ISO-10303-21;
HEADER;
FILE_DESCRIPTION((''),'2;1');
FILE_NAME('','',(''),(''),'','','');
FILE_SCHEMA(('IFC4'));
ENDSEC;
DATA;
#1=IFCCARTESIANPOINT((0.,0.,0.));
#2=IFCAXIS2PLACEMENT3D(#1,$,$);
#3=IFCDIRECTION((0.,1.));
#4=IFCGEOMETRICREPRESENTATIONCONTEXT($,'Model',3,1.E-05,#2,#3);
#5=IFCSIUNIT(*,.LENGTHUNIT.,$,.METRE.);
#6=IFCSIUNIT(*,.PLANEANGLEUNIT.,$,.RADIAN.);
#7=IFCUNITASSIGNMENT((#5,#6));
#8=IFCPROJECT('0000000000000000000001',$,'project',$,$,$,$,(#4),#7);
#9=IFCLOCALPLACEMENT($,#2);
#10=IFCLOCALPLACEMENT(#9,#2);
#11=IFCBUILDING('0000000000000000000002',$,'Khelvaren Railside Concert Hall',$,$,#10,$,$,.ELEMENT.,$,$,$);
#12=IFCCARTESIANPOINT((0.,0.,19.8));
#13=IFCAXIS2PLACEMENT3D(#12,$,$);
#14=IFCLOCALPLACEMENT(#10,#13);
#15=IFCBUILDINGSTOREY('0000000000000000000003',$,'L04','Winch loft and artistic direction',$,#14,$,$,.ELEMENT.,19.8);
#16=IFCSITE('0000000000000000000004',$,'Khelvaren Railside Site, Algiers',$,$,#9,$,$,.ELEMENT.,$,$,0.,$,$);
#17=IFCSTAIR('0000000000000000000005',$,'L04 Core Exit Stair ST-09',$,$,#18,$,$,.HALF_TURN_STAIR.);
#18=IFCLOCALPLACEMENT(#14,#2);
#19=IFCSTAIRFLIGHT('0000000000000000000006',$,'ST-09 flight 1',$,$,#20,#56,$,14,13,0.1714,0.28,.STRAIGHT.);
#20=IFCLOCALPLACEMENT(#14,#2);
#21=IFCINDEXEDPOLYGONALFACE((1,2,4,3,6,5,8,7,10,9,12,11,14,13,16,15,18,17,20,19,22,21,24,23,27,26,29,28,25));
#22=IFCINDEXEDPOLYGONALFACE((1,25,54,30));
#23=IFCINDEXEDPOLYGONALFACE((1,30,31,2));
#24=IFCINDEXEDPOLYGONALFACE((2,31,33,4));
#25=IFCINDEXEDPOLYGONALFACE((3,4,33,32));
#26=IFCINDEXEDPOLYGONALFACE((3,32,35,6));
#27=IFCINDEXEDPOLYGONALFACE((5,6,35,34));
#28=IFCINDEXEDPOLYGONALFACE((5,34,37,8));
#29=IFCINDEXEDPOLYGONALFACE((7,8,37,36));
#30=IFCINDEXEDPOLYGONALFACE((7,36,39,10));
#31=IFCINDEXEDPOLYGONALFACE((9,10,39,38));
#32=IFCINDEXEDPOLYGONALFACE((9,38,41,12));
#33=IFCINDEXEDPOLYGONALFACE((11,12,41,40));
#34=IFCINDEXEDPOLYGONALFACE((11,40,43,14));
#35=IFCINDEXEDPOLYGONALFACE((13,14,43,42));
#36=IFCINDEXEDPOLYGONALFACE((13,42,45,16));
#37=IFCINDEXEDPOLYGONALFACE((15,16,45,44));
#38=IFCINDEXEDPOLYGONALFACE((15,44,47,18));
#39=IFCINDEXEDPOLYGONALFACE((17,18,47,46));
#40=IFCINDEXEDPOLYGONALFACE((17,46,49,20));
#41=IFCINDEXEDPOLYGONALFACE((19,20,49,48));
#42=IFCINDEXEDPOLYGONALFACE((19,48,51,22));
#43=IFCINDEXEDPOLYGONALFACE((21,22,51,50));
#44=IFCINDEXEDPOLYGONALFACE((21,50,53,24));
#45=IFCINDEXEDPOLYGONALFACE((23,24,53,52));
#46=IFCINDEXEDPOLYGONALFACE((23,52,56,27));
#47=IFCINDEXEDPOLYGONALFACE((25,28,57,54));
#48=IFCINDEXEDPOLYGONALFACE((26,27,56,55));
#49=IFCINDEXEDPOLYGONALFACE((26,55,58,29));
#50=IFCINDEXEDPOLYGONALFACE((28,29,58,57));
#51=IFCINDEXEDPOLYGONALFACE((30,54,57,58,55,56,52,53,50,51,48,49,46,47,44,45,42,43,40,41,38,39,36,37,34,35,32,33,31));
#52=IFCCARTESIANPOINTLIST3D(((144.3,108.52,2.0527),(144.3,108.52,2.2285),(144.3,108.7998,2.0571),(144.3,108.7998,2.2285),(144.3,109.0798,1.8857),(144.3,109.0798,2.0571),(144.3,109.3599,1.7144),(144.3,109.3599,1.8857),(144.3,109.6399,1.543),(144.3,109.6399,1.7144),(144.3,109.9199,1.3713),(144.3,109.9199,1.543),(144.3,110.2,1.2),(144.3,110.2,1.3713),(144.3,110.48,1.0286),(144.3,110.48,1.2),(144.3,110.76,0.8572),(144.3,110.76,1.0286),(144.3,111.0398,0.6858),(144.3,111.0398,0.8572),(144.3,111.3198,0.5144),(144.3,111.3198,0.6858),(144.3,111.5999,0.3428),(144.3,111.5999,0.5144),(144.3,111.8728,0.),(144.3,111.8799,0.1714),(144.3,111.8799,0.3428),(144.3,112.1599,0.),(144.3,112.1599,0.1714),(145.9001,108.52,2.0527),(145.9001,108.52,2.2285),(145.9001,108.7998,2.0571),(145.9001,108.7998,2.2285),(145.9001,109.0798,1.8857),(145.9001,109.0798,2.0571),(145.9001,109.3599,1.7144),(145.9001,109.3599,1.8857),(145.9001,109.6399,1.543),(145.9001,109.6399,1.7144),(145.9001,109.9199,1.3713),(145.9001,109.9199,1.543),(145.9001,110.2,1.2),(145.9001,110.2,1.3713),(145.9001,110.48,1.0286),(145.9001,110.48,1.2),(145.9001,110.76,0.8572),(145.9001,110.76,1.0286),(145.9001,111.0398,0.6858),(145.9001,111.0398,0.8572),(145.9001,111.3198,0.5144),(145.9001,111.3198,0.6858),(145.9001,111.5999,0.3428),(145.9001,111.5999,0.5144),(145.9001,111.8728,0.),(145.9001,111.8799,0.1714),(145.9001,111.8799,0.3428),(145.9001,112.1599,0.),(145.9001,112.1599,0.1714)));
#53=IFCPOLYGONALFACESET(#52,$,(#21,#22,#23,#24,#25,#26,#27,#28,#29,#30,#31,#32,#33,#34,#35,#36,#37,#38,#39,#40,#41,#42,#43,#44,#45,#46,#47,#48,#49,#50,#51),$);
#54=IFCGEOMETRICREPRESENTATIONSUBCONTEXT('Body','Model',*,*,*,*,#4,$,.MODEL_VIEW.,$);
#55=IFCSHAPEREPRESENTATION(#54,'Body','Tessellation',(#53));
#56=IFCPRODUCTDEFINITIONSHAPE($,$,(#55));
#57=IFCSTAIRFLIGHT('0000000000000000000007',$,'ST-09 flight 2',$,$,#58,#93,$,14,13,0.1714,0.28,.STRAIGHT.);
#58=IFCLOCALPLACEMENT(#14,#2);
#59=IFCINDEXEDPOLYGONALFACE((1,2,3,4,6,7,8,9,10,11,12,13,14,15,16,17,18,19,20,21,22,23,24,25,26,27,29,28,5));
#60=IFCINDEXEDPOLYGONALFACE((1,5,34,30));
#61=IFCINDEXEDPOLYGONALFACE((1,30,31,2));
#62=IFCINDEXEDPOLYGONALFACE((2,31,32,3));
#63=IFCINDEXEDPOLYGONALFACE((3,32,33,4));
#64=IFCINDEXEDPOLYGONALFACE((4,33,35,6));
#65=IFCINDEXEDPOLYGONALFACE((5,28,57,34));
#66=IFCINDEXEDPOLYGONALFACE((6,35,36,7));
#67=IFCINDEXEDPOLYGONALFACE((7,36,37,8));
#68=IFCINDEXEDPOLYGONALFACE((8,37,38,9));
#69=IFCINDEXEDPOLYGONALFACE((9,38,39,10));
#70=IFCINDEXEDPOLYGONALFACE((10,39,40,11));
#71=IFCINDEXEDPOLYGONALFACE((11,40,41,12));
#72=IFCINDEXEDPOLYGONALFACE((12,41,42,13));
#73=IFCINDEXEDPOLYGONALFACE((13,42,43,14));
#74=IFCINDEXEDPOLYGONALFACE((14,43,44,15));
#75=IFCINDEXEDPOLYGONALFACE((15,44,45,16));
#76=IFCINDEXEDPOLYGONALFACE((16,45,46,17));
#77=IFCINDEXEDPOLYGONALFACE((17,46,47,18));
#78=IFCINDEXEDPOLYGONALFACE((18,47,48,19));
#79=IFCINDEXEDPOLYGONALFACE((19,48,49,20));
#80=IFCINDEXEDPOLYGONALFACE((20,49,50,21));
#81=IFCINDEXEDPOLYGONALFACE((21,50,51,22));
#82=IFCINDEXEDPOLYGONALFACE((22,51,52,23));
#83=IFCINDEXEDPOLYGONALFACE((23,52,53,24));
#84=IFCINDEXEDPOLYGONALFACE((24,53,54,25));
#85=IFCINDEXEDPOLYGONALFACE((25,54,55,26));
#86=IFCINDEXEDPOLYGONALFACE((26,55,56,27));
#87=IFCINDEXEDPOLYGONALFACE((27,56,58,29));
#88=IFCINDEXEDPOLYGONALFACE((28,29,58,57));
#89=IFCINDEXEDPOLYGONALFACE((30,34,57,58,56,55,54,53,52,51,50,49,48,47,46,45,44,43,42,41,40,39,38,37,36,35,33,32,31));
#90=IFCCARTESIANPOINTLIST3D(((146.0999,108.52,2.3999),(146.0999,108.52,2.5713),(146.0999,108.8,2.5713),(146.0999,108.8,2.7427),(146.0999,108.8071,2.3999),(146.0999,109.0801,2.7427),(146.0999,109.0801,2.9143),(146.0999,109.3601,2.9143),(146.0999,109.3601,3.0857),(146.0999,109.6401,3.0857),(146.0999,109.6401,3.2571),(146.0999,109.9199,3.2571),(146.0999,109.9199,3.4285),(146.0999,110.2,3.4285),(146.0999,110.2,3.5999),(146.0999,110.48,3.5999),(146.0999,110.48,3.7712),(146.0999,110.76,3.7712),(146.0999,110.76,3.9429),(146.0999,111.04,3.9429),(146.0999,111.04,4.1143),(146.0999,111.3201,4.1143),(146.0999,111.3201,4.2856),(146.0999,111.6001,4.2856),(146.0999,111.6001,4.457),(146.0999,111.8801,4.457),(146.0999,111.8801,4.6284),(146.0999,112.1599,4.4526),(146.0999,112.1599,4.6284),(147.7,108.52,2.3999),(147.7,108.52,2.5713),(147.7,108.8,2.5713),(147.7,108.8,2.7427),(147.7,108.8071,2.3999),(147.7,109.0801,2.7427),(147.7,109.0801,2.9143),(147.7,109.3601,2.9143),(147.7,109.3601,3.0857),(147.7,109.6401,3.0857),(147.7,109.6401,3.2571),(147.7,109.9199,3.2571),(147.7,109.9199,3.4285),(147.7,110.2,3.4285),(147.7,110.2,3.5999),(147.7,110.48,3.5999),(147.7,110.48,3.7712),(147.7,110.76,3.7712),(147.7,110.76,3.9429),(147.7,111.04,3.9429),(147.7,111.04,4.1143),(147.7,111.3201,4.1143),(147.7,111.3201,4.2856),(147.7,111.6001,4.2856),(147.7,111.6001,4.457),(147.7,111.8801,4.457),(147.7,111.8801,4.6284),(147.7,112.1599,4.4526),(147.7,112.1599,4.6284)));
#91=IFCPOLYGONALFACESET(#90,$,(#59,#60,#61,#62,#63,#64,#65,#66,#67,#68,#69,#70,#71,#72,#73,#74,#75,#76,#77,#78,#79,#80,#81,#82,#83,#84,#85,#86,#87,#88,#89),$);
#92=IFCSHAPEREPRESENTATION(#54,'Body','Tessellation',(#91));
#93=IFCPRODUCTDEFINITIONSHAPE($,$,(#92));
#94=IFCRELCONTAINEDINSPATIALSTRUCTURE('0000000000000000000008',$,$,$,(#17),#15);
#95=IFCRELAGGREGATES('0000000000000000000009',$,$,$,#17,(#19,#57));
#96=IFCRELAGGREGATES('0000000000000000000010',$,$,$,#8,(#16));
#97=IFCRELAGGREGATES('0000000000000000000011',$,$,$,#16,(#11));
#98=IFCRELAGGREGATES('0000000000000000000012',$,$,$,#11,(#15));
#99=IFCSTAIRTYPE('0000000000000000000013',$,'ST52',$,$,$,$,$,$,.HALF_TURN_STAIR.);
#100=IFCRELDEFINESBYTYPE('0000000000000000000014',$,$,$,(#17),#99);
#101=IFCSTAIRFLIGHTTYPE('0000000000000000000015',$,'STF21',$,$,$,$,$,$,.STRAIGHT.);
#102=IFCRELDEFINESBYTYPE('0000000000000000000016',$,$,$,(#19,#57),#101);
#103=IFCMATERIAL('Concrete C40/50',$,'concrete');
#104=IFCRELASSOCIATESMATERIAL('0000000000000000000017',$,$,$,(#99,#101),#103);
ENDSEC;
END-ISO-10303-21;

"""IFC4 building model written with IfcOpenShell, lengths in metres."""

from ifc_helpers import new_model, si_unit, direction, frame, origin, place, context, subcontext, project, spatial, polyline, outline, extrude, material, type_object, element, aggregate, save


model = new_model("IFC4")

# Units and contexts
model_context = context("Model", 3, precision=1e-05, world=origin(), true_north=direction((0.0, 1.0)))
body_context = subcontext(model_context, "Body", "Model", "MODEL_VIEW")
ifc_project = project(units=[si_unit("LENGTHUNIT", "METRE"), si_unit("PLANEANGLEUNIT", "RADIAN")], contexts=[model_context])

# Site, building, storey
site_placement = place(None, origin())
site = spatial("IfcSite", under=ifc_project, at=site_placement, Name="Khelvaren Railside Site, Algiers", CompositionType="ELEMENT", RefElevation=0.0)
building_placement = place(site_placement, origin())
building = spatial("IfcBuilding", under=site, at=building_placement, Name="Khelvaren Railside Concert Hall", CompositionType="ELEMENT")
storey_placement = place(building_placement, frame((0.0, 0.0, 19.8)))
storey = spatial("IfcBuildingStorey", under=building, at=storey_placement, Name="L04", Description="Winch loft and artistic direction", CompositionType="ELEMENT", Elevation=19.8)

# Shared definitions
ifc_material_1 = material(Name="Concrete C40/50", Category="concrete")

# Stair, stair flights
stair_type = type_object("IfcStairType", Name="ST52", PredefinedType="HALF_TURN_STAIR", material=ifc_material_1)
stair_placement = place(storey_placement, origin())
stair = element("IfcStair", 1, at=stair_placement, inside=storey, type_object=stair_type, Name="L04 Core Exit Stair ST-09", PredefinedType="HALF_TURN_STAIR")
stair_flight_type = type_object("IfcStairFlightType", Name="STF21", PredefinedType="STRAIGHT", material=ifc_material_1)
stair_flight_1_placement = place(storey_placement, frame((145.1001, 112.1599, 0.0), z_axis=(0.0, 0.0, 1.0), x_axis=(0.0, -1.0, 0.0)))
stair_flight_1 = element("IfcStairFlight", 2, at=stair_flight_1_placement, type_object=stair_flight_type, Name="ST-09 flight 1", NumberOfRisers=14, NumberOfTreads=13, PredefinedType="STRAIGHT", RiserHeight=0.1714, TreadLength=0.28, context=body_context, shape_type="SweptSolid", body=[
    extrude(outline(polyline([(0.0, 0.0), (0.0, 0.1714), (0.28, 0.1714), (0.28, 0.3428), (0.5601, 0.3428), (0.5601, 0.5144), (0.8401, 0.5144), (0.8401, 0.6858), (1.1201, 0.6858), (1.1201, 0.8572), (1.3999, 0.8572), (1.3999, 1.0286), (1.6799, 1.0286), (1.6799, 1.2), (1.96, 1.2), (1.96, 1.3713), (2.24, 1.3713), (2.24, 1.543), (2.52, 1.543), (2.52, 1.7144), (2.8, 1.7144), (2.8, 1.8857), (3.0801, 1.8857), (3.0801, 2.0571), (3.3601, 2.0571), (3.3601, 2.2285), (3.6399, 2.2285), (3.6399, 2.3999), (3.6399, 2.0527), (0.2871, 0.0), (0.0, 0.0)])), frame((0.0, 0.8, 0.0), z_axis=(0.0, -1.0, 0.0), x_axis=(1.0, 0.0, 0.0)), (0.0, 0.0, 1.0), 1.6001),
])
stair_flight_2_placement = place(storey_placement, frame((146.8999, 108.52, 2.3999), z_axis=(0.0, 0.0, 1.0), x_axis=(0.0, 1.0, 0.0)))
stair_flight_2 = element("IfcStairFlight", 3, at=stair_flight_2_placement, type_object=stair_flight_type, Name="ST-09 flight 2", NumberOfRisers=14, NumberOfTreads=13, PredefinedType="STRAIGHT", RiserHeight=0.1714, TreadLength=0.28, context=body_context, shape_type="SweptSolid", body=[
    extrude(outline(polyline([(0.0, 0.0), (0.0, 0.1714), (0.28, 0.1714), (0.28, 0.3428), (0.5601, 0.3428), (0.5601, 0.5144), (0.8401, 0.5144), (0.8401, 0.6858), (1.1201, 0.6858), (1.1201, 0.8572), (1.3999, 0.8572), (1.3999, 1.0286), (1.6799, 1.0286), (1.6799, 1.2), (1.96, 1.2), (1.96, 1.3713), (2.24, 1.3713), (2.24, 1.543), (2.52, 1.543), (2.52, 1.7144), (2.8, 1.7144), (2.8, 1.8857), (3.0801, 1.8857), (3.0801, 2.0571), (3.3601, 2.0571), (3.3601, 2.2285), (3.6399, 2.2285), (3.6399, 2.3999), (3.6399, 2.0527), (0.2871, 0.0), (0.0, 0.0)])), frame((0.0, 0.8, 0.0), z_axis=(0.0, -1.0, 0.0), x_axis=(1.0, 0.0, 0.0)), (0.0, 0.0, 1.0), 1.6001),
])
aggregate(stair, [stair_flight_1, stair_flight_2])

save(model, "model.ifc")
